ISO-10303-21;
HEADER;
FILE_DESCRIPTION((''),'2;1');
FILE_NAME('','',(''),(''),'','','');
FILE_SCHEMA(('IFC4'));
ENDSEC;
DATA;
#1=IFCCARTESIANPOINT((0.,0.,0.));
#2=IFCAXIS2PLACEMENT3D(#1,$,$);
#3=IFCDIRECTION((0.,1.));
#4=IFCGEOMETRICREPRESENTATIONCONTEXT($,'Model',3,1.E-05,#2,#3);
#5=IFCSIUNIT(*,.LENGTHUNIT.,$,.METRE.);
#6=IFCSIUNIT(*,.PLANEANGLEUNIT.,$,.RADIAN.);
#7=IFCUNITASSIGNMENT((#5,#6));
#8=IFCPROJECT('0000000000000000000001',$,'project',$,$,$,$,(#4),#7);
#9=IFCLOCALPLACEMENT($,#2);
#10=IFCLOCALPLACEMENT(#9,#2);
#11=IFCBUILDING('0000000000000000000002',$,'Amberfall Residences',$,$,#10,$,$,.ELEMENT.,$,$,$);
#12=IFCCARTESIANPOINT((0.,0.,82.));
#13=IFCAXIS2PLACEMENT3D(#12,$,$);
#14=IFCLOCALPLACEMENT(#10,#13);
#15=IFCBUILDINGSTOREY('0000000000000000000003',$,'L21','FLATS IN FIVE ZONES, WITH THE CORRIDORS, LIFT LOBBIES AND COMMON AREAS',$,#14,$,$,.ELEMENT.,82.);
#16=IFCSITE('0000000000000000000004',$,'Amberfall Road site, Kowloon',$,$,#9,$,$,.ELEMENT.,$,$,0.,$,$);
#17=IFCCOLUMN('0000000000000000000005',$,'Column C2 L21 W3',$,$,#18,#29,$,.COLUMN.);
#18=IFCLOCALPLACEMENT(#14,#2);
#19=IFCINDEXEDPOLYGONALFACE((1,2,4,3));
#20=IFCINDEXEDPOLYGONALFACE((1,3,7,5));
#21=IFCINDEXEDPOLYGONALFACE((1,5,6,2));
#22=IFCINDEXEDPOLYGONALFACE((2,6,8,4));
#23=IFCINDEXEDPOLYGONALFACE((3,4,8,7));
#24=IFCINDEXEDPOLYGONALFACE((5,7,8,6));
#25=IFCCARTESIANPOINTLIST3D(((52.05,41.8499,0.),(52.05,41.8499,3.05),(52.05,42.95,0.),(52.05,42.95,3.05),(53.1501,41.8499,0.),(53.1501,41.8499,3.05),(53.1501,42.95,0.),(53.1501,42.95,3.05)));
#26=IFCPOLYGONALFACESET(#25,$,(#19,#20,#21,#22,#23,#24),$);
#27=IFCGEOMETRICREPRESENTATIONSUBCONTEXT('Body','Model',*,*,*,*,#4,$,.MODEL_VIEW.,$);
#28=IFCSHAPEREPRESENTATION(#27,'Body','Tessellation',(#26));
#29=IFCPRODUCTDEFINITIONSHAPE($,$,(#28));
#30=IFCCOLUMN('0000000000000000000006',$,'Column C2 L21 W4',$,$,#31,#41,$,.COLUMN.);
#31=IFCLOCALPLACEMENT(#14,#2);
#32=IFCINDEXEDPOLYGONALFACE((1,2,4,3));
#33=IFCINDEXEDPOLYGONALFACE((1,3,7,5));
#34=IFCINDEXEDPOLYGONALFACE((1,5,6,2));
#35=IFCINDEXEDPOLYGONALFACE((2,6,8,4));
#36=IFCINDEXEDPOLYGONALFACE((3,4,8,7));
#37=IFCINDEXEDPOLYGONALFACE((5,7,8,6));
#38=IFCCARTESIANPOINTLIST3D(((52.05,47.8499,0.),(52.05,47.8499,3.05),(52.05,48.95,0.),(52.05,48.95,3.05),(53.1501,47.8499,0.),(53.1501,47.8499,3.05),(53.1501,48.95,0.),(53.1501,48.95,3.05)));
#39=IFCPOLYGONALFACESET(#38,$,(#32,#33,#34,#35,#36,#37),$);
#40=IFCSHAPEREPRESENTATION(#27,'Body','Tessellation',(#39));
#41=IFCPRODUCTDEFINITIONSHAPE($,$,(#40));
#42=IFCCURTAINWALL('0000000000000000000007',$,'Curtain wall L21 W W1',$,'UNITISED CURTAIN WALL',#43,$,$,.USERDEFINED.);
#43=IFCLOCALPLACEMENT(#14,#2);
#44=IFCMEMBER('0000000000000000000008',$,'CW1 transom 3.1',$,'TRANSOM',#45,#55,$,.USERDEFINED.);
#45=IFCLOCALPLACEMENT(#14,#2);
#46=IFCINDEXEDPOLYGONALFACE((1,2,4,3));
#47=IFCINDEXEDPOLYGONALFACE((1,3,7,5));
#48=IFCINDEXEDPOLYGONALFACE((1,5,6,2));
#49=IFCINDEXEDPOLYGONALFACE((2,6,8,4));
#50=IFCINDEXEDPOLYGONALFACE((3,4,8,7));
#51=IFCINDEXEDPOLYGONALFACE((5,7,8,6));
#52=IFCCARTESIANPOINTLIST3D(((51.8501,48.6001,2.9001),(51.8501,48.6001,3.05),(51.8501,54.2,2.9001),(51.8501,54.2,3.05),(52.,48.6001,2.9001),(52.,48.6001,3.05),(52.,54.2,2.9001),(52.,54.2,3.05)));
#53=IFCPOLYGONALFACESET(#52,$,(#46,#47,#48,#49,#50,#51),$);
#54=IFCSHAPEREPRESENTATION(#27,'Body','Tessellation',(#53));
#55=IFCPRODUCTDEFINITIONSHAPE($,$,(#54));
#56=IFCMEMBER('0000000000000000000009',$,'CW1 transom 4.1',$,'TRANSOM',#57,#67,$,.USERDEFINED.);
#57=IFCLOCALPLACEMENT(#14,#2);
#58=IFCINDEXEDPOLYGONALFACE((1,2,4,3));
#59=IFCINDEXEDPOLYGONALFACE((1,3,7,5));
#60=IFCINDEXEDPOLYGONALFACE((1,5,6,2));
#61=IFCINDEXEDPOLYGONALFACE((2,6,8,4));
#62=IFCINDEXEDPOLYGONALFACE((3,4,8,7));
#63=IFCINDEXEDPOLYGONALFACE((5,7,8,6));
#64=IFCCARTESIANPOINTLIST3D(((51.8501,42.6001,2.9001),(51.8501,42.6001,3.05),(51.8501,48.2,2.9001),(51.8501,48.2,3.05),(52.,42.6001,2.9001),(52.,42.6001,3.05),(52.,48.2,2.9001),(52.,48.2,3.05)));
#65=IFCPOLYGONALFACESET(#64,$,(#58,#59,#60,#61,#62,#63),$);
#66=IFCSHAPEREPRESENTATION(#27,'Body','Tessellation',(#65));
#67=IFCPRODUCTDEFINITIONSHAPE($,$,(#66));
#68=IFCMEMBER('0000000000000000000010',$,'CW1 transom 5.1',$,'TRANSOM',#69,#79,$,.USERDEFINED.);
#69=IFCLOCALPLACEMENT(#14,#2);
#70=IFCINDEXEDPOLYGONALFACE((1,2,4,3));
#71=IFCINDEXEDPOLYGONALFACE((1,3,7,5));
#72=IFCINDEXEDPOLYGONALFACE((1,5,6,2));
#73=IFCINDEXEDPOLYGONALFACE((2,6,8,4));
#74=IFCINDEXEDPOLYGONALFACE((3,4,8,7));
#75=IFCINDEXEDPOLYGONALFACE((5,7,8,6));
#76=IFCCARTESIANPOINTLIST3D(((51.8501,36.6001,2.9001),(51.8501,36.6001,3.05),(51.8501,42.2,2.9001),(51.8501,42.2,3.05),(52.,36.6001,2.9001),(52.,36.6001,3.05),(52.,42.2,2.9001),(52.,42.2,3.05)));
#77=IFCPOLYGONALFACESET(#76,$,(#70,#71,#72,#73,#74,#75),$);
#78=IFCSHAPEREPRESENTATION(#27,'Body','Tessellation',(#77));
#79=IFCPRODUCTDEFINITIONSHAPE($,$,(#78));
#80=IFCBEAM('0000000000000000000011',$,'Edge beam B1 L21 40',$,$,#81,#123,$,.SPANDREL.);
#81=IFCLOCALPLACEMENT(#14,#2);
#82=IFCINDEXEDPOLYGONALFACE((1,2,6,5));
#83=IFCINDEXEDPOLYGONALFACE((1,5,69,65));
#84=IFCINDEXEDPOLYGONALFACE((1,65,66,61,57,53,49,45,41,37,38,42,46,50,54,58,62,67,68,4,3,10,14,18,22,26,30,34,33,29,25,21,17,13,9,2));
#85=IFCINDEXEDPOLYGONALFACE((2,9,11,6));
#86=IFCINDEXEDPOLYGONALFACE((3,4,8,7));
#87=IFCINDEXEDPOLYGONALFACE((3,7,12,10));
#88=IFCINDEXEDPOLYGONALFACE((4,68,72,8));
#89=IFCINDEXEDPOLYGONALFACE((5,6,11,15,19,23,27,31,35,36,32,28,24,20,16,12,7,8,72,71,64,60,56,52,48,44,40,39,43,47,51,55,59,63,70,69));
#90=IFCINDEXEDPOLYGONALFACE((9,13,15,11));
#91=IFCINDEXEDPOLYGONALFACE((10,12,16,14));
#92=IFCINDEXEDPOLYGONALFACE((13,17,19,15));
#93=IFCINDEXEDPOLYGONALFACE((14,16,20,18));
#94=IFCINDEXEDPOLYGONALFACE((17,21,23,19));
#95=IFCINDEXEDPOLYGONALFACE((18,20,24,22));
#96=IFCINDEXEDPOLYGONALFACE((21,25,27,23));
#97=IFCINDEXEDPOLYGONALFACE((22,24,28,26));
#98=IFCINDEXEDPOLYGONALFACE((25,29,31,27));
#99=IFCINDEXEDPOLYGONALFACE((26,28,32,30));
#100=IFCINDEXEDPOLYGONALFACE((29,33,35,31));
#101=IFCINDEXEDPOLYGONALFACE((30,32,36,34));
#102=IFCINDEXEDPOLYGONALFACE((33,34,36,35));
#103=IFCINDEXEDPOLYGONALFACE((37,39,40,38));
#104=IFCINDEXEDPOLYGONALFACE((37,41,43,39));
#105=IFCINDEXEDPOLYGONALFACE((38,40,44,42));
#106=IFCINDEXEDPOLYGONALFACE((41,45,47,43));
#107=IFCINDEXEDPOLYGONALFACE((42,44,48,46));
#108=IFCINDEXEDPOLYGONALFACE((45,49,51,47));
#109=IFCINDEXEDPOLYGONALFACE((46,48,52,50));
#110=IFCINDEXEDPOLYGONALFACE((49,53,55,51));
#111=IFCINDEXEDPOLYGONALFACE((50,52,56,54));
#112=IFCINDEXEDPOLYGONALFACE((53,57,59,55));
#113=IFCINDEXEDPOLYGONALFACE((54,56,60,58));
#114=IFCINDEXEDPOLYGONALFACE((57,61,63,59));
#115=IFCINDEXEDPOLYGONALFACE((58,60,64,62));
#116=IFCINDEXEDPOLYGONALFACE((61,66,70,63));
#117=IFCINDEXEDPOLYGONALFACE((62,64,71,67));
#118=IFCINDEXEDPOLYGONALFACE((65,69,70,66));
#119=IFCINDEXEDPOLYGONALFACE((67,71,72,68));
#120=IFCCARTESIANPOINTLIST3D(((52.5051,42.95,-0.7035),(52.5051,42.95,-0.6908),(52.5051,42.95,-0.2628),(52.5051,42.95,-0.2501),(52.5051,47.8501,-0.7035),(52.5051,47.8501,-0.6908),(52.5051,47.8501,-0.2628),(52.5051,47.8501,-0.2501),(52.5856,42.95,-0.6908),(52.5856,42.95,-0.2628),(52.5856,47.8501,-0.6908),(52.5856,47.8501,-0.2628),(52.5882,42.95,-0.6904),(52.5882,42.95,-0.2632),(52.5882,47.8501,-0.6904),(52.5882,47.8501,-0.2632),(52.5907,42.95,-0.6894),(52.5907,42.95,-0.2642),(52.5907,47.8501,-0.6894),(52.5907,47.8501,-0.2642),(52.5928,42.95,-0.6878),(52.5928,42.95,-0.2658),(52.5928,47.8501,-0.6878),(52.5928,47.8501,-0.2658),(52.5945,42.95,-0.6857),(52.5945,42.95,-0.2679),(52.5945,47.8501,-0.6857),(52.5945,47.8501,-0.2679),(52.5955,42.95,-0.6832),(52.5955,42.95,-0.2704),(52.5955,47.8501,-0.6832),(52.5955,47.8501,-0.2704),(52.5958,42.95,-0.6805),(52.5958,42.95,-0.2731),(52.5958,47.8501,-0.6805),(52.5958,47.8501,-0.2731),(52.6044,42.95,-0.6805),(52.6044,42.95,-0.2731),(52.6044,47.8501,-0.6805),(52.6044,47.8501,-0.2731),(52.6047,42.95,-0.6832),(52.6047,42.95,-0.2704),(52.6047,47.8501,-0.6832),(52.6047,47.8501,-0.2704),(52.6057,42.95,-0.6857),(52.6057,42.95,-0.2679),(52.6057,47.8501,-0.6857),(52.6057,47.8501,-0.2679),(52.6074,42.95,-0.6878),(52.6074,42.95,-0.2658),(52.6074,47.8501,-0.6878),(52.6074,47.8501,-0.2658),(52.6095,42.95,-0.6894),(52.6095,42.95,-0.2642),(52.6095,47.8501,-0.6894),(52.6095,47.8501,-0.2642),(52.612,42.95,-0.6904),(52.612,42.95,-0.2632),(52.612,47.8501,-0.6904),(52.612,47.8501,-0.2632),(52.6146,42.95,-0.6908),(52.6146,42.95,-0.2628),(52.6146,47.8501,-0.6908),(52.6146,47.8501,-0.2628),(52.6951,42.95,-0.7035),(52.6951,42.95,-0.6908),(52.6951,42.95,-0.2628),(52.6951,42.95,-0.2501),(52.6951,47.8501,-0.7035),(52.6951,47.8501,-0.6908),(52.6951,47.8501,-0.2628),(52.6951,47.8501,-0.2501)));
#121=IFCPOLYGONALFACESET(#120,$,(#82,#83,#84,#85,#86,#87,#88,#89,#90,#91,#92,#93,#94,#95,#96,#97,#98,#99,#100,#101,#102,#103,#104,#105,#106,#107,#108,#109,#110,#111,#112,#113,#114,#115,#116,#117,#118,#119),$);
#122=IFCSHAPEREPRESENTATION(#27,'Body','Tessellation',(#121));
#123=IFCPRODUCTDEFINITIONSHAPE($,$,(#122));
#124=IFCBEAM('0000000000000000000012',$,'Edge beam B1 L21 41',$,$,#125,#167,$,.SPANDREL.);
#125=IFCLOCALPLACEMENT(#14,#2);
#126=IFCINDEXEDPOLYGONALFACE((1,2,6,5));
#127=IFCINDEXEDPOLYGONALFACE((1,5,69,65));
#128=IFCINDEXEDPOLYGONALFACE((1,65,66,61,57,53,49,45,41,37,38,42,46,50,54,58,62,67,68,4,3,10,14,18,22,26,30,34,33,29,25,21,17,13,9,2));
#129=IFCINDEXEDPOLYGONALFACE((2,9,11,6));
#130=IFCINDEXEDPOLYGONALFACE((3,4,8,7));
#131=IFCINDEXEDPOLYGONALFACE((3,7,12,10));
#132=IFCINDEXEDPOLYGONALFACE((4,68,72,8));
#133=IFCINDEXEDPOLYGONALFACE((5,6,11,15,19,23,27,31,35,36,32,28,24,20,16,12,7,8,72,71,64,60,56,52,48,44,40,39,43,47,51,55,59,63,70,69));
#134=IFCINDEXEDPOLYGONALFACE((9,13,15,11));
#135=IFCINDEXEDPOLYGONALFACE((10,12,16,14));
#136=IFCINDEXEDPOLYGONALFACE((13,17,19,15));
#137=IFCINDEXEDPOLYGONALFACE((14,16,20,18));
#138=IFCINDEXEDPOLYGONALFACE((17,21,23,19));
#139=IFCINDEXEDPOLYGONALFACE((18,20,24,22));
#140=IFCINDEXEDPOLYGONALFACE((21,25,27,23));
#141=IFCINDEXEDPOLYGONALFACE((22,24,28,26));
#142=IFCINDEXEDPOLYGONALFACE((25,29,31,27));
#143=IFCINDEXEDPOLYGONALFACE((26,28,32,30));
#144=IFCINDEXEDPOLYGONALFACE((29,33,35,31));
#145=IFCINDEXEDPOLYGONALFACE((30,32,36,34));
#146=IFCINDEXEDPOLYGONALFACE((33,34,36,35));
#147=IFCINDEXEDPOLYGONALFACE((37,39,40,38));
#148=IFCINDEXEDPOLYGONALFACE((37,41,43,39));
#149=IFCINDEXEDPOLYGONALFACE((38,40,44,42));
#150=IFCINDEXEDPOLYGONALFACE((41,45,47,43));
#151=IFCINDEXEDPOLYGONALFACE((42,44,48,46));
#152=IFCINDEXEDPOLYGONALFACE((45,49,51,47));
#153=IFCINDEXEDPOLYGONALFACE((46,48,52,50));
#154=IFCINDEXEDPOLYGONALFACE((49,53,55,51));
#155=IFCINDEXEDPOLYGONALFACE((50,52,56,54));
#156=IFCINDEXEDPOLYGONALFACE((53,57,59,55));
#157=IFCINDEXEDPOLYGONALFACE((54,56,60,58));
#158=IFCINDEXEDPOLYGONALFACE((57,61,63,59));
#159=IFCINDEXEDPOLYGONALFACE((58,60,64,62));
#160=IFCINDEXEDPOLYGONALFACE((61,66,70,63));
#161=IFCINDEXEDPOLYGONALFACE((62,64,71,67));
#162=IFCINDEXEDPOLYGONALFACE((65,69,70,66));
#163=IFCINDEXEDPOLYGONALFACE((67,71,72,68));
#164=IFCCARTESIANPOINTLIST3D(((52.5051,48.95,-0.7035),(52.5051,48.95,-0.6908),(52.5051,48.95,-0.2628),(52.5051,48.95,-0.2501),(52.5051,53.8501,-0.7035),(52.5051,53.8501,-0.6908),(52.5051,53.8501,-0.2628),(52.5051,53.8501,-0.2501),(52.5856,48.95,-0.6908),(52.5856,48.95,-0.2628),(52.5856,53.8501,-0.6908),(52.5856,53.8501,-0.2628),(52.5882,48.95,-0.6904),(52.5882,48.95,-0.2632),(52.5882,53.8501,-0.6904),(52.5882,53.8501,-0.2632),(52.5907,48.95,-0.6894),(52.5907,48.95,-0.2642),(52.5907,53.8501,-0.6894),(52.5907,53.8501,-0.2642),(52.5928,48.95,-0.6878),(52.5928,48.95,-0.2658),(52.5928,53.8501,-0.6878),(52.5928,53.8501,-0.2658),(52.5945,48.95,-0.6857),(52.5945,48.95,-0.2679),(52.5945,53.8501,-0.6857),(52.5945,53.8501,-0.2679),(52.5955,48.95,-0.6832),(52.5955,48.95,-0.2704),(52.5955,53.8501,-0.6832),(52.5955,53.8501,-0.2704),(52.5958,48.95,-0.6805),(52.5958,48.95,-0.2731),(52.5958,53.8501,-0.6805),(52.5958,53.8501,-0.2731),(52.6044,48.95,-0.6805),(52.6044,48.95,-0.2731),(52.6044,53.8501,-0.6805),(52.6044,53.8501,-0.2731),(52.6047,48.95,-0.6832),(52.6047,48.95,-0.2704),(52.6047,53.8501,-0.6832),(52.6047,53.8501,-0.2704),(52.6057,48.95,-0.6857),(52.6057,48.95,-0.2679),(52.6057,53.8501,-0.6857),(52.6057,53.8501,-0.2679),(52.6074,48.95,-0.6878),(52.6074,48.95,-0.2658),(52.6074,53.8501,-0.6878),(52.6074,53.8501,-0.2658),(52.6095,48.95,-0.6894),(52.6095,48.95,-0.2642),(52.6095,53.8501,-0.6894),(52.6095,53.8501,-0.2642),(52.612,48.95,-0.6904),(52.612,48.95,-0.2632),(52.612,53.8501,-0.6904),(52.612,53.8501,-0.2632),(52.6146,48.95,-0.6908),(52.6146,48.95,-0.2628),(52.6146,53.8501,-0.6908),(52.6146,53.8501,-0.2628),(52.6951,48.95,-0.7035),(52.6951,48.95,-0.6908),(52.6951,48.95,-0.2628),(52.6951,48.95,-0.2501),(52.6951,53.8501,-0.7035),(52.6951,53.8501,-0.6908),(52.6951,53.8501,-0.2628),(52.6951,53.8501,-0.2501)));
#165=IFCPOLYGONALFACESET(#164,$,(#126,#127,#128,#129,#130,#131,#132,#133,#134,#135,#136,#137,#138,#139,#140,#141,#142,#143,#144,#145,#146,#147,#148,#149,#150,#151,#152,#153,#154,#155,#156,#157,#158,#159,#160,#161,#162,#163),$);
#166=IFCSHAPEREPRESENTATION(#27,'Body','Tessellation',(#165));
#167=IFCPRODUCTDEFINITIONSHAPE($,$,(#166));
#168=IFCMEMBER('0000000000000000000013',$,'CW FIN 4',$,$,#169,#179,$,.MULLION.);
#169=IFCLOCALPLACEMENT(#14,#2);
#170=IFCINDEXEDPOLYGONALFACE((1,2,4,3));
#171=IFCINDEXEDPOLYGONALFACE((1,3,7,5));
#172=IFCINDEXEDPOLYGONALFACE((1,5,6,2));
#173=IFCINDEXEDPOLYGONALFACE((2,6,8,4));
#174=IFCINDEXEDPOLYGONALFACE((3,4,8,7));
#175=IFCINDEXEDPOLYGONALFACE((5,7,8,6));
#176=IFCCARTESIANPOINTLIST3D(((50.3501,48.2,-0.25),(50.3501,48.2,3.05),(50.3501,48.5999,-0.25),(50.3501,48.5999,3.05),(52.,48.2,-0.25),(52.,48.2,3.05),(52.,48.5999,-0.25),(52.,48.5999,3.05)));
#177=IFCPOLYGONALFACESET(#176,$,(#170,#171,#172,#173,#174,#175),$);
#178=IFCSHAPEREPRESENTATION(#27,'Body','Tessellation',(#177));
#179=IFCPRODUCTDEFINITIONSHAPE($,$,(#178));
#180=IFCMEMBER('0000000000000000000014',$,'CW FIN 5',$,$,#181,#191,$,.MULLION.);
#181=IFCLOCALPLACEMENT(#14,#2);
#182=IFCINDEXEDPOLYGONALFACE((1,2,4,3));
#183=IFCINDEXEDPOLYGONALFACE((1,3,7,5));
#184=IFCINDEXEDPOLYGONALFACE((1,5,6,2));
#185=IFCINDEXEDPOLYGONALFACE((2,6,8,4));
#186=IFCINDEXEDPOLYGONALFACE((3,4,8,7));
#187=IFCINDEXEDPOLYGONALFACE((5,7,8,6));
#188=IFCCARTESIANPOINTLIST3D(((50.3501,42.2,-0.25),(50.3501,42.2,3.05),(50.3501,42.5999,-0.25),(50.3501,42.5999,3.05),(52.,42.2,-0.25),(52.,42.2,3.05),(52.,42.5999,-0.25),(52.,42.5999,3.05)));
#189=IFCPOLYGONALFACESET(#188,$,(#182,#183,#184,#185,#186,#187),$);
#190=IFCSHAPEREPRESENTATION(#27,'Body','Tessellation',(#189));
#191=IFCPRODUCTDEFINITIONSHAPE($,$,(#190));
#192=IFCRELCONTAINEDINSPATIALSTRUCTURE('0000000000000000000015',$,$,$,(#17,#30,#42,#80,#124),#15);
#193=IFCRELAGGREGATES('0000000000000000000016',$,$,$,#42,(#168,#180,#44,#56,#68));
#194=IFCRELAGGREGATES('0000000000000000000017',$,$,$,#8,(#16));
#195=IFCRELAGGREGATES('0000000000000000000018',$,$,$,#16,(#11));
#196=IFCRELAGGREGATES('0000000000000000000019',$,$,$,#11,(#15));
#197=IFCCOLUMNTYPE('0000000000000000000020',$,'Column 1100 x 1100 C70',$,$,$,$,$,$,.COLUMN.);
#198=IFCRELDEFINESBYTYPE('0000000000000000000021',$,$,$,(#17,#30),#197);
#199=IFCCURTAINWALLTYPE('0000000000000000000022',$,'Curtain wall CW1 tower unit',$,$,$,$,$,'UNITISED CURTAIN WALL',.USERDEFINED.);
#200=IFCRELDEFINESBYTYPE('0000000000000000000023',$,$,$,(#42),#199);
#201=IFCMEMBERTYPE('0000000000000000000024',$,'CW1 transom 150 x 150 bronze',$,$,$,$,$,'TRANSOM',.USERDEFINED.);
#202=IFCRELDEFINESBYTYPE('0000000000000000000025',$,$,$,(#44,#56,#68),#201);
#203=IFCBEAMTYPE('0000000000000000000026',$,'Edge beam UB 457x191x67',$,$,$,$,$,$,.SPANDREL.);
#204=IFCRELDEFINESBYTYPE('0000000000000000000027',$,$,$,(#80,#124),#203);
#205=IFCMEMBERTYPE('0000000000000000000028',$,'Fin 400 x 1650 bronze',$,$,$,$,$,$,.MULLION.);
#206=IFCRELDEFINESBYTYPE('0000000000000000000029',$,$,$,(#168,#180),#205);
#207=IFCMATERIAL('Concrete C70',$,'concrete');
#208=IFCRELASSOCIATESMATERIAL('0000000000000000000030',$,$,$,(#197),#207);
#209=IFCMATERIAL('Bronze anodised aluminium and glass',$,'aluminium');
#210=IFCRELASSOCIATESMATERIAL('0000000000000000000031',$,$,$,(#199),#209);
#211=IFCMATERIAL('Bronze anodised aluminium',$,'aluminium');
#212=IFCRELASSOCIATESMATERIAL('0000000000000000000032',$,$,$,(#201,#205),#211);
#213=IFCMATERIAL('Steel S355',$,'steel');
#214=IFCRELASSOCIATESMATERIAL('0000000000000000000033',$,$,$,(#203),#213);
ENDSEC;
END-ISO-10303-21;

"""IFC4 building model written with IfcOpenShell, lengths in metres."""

from ifc_helpers import new_model, si_unit, direction, frame, origin, origin_2d, place, context, subcontext, project, spatial, rectangle, i_section, extrude, material, material_profile, profile_set, type_object, element, aggregate, save


model = new_model("IFC4")

# Units and contexts
model_context = context("Model", 3, precision=1e-05, world=origin(), true_north=direction((0.0, 1.0)))
body_context = subcontext(model_context, "Body", "Model", "MODEL_VIEW")
ifc_project = project(units=[si_unit("LENGTHUNIT", "METRE"), si_unit("PLANEANGLEUNIT", "RADIAN")], contexts=[model_context])

# Site, building, storey
site_placement = place(None, origin())
site = spatial("IfcSite", under=ifc_project, at=site_placement, Name="Amberfall Road site, Kowloon", CompositionType="ELEMENT", RefElevation=0.0)
building_placement = place(site_placement, origin())
building = spatial("IfcBuilding", under=site, at=building_placement, Name="Amberfall Residences", CompositionType="ELEMENT")
storey_placement = place(building_placement, frame((0.0, 0.0, 82.0)))
storey = spatial("IfcBuildingStorey", under=building, at=storey_placement, Name="L21", Description="FLATS IN FIVE ZONES, WITH THE CORRIDORS, LIFT LOBBIES AND COMMON AREAS", CompositionType="ELEMENT", Elevation=82.0)

# Columns
ifc_material_1 = material(Name="Concrete C70", Category="concrete")
ifc_material_profile_1 = material_profile(ifc_material_1, rectangle(XDim=1.1001, YDim=1.1001, at=origin_2d()), Name="Column 1100 x 1100 C70")
ifc_profile_set_1 = profile_set([ifc_material_profile_1], Name="Concrete C70")
column_type = type_object("IfcColumnType", Name="Column 1100 x 1100 C70", PredefinedType="COLUMN", material=ifc_profile_set_1)
for number, where, z_axis, x_axis, name in (
    (1, (52.6001, 42.3999, 0.0), (0.0, 0.0, 1.0), (1.0, 0.0, 0.0), "Column C2 L21 W3"),
    (2, (52.6001, 48.3999, 0.0), (0.0, 0.0, 1.0), (1.0, 0.0, 0.0), "Column C2 L21 W4"),
):
    element("IfcColumn", number, at=place(storey_placement, frame(where, z_axis=z_axis, x_axis=x_axis)), inside=storey, type_object=column_type, Name=name, PredefinedType="COLUMN", context=body_context, shape_type="SweptSolid", body=[
        extrude(rectangle(XDim=1.1001, YDim=1.1001, at=origin_2d()), origin(), (0.0, 0.0, 1.0), 3.05),
    ])

# Curtain wall, members
ifc_material_2 = material(Name="Bronze anodised aluminium and glass", Category="aluminium")
curtain_wall_type = type_object("IfcCurtainWallType", Name="Curtain wall CW1 tower unit", ElementType="UNITISED CURTAIN WALL", PredefinedType="USERDEFINED", material=ifc_material_2)
curtain_wall_placement = place(storey_placement, origin())
curtain_wall = element("IfcCurtainWall", 3, at=curtain_wall_placement, inside=storey, type_object=curtain_wall_type, Name="Curtain wall L21 W W1", ObjectType="UNITISED CURTAIN WALL", PredefinedType="USERDEFINED")
ifc_material_3 = material(Name="Bronze anodised aluminium", Category="aluminium")
ifc_material_profile_2 = material_profile(ifc_material_3, rectangle(XDim=0.1499, YDim=0.1499, at=origin_2d()), Name="CW1 transom 150 x 150 bronze")
ifc_profile_set_2 = profile_set([ifc_material_profile_2], Name="Bronze anodised aluminium")
member_type_1 = type_object("IfcMemberType", Name="CW1 transom 150 x 150 bronze", ElementType="TRANSOM", PredefinedType="USERDEFINED", material=ifc_profile_set_2)
member_1_placement = place(storey_placement, frame((51.925, 54.2, 2.9751), z_axis=(0.0, -1.0, 0.0), x_axis=(1.0, 0.0, 0.0)))
member_1 = element("IfcMember", 4, at=member_1_placement, type_object=member_type_1, Name="CW1 transom 3.1", ObjectType="TRANSOM", PredefinedType="USERDEFINED", context=body_context, shape_type="SweptSolid", body=[
    extrude(rectangle(XDim=0.1499, YDim=0.1499, at=origin_2d()), origin(), (0.0, 0.0, 1.0), 5.5999),
])
member_2_placement = place(storey_placement, frame((51.925, 48.2, 2.9751), z_axis=(0.0, -1.0, 0.0), x_axis=(1.0, 0.0, 0.0)))
member_2 = element("IfcMember", 5, at=member_2_placement, type_object=member_type_1, Name="CW1 transom 4.1", ObjectType="TRANSOM", PredefinedType="USERDEFINED", context=body_context, shape_type="SweptSolid", body=[
    extrude(rectangle(XDim=0.1499, YDim=0.1499, at=origin_2d()), origin(), (0.0, 0.0, 1.0), 5.5999),
])
member_3_placement = place(storey_placement, frame((51.925, 42.2, 2.9751), z_axis=(0.0, -1.0, 0.0), x_axis=(1.0, 0.0, 0.0)))
member_3 = element("IfcMember", 6, at=member_3_placement, type_object=member_type_1, Name="CW1 transom 5.1", ObjectType="TRANSOM", PredefinedType="USERDEFINED", context=body_context, shape_type="SweptSolid", body=[
    extrude(rectangle(XDim=0.1499, YDim=0.1499, at=origin_2d()), origin(), (0.0, 0.0, 1.0), 5.5999),
])

# Beams
ifc_material_4 = material(Name="Steel S355", Category="steel")
ifc_material_profile_3 = material_profile(ifc_material_4, i_section(OverallWidth=0.1899, OverallDepth=0.4534, WebThickness=0.0085, FlangeThickness=0.0127, FilletRadius=0.0103, at=origin_2d()), Name="UB 457x191x67")
ifc_profile_set_3 = profile_set([ifc_material_profile_3], Name="Steel S355")
beam_type_1 = type_object("IfcBeamType", Name="Edge beam UB 457x191x67", PredefinedType="SPANDREL", material=ifc_profile_set_3)
for number, where, z_axis, x_axis, name in (
    (7, (52.6001, 42.95, -0.4768), (0.0, 1.0, 0.0), (-1.0, 0.0, 0.0), "Edge beam B1 L21 40"),
    (8, (52.6001, 48.95, -0.4768), (0.0, 1.0, 0.0), (-1.0, 0.0, 0.0), "Edge beam B1 L21 41"),
):
    element("IfcBeam", number, at=place(storey_placement, frame(where, z_axis=z_axis, x_axis=x_axis)), inside=storey, type_object=beam_type_1, Name=name, PredefinedType="SPANDREL", context=body_context, shape_type="SweptSolid", body=[
        extrude(i_section(OverallWidth=0.1899, OverallDepth=0.4534, WebThickness=0.0085, FlangeThickness=0.0127, FilletRadius=0.0103, at=origin_2d()), origin(), (0.0, 0.0, 1.0), 4.9001),
    ])

# Members
ifc_material_profile_4 = material_profile(ifc_material_3, rectangle(XDim=1.6499, YDim=0.3999, at=origin_2d()), Name="Fin 400 x 1650 bronze")
ifc_profile_set_4 = profile_set([ifc_material_profile_4], Name="Bronze anodised aluminium")
member_type_2 = type_object("IfcMemberType", Name="Fin 400 x 1650 bronze", PredefinedType="MULLION", material=ifc_profile_set_4)
member_4_placement = place(storey_placement, frame((51.175, 48.3999, -0.25), z_axis=(0.0, 0.0, 1.0), x_axis=(1.0, 0.0, 0.0)))
member_4 = element("IfcMember", 9, at=member_4_placement, type_object=member_type_2, Name="CW FIN 4", PredefinedType="MULLION", context=body_context, shape_type="SweptSolid", body=[
    extrude(rectangle(XDim=1.6499, YDim=0.3999, at=origin_2d()), origin(), (0.0, 0.0, 1.0), 3.3),
])
member_5_placement = place(storey_placement, frame((51.175, 42.3999, -0.25), z_axis=(0.0, 0.0, 1.0), x_axis=(1.0, 0.0, 0.0)))
member_5 = element("IfcMember", 10, at=member_5_placement, type_object=member_type_2, Name="CW FIN 5", PredefinedType="MULLION", context=body_context, shape_type="SweptSolid", body=[
    extrude(rectangle(XDim=1.6499, YDim=0.3999, at=origin_2d()), origin(), (0.0, 0.0, 1.0), 3.3),
])

aggregate(curtain_wall, [member_4, member_5, member_1, member_2, member_3])

save(model, "model.ifc")
